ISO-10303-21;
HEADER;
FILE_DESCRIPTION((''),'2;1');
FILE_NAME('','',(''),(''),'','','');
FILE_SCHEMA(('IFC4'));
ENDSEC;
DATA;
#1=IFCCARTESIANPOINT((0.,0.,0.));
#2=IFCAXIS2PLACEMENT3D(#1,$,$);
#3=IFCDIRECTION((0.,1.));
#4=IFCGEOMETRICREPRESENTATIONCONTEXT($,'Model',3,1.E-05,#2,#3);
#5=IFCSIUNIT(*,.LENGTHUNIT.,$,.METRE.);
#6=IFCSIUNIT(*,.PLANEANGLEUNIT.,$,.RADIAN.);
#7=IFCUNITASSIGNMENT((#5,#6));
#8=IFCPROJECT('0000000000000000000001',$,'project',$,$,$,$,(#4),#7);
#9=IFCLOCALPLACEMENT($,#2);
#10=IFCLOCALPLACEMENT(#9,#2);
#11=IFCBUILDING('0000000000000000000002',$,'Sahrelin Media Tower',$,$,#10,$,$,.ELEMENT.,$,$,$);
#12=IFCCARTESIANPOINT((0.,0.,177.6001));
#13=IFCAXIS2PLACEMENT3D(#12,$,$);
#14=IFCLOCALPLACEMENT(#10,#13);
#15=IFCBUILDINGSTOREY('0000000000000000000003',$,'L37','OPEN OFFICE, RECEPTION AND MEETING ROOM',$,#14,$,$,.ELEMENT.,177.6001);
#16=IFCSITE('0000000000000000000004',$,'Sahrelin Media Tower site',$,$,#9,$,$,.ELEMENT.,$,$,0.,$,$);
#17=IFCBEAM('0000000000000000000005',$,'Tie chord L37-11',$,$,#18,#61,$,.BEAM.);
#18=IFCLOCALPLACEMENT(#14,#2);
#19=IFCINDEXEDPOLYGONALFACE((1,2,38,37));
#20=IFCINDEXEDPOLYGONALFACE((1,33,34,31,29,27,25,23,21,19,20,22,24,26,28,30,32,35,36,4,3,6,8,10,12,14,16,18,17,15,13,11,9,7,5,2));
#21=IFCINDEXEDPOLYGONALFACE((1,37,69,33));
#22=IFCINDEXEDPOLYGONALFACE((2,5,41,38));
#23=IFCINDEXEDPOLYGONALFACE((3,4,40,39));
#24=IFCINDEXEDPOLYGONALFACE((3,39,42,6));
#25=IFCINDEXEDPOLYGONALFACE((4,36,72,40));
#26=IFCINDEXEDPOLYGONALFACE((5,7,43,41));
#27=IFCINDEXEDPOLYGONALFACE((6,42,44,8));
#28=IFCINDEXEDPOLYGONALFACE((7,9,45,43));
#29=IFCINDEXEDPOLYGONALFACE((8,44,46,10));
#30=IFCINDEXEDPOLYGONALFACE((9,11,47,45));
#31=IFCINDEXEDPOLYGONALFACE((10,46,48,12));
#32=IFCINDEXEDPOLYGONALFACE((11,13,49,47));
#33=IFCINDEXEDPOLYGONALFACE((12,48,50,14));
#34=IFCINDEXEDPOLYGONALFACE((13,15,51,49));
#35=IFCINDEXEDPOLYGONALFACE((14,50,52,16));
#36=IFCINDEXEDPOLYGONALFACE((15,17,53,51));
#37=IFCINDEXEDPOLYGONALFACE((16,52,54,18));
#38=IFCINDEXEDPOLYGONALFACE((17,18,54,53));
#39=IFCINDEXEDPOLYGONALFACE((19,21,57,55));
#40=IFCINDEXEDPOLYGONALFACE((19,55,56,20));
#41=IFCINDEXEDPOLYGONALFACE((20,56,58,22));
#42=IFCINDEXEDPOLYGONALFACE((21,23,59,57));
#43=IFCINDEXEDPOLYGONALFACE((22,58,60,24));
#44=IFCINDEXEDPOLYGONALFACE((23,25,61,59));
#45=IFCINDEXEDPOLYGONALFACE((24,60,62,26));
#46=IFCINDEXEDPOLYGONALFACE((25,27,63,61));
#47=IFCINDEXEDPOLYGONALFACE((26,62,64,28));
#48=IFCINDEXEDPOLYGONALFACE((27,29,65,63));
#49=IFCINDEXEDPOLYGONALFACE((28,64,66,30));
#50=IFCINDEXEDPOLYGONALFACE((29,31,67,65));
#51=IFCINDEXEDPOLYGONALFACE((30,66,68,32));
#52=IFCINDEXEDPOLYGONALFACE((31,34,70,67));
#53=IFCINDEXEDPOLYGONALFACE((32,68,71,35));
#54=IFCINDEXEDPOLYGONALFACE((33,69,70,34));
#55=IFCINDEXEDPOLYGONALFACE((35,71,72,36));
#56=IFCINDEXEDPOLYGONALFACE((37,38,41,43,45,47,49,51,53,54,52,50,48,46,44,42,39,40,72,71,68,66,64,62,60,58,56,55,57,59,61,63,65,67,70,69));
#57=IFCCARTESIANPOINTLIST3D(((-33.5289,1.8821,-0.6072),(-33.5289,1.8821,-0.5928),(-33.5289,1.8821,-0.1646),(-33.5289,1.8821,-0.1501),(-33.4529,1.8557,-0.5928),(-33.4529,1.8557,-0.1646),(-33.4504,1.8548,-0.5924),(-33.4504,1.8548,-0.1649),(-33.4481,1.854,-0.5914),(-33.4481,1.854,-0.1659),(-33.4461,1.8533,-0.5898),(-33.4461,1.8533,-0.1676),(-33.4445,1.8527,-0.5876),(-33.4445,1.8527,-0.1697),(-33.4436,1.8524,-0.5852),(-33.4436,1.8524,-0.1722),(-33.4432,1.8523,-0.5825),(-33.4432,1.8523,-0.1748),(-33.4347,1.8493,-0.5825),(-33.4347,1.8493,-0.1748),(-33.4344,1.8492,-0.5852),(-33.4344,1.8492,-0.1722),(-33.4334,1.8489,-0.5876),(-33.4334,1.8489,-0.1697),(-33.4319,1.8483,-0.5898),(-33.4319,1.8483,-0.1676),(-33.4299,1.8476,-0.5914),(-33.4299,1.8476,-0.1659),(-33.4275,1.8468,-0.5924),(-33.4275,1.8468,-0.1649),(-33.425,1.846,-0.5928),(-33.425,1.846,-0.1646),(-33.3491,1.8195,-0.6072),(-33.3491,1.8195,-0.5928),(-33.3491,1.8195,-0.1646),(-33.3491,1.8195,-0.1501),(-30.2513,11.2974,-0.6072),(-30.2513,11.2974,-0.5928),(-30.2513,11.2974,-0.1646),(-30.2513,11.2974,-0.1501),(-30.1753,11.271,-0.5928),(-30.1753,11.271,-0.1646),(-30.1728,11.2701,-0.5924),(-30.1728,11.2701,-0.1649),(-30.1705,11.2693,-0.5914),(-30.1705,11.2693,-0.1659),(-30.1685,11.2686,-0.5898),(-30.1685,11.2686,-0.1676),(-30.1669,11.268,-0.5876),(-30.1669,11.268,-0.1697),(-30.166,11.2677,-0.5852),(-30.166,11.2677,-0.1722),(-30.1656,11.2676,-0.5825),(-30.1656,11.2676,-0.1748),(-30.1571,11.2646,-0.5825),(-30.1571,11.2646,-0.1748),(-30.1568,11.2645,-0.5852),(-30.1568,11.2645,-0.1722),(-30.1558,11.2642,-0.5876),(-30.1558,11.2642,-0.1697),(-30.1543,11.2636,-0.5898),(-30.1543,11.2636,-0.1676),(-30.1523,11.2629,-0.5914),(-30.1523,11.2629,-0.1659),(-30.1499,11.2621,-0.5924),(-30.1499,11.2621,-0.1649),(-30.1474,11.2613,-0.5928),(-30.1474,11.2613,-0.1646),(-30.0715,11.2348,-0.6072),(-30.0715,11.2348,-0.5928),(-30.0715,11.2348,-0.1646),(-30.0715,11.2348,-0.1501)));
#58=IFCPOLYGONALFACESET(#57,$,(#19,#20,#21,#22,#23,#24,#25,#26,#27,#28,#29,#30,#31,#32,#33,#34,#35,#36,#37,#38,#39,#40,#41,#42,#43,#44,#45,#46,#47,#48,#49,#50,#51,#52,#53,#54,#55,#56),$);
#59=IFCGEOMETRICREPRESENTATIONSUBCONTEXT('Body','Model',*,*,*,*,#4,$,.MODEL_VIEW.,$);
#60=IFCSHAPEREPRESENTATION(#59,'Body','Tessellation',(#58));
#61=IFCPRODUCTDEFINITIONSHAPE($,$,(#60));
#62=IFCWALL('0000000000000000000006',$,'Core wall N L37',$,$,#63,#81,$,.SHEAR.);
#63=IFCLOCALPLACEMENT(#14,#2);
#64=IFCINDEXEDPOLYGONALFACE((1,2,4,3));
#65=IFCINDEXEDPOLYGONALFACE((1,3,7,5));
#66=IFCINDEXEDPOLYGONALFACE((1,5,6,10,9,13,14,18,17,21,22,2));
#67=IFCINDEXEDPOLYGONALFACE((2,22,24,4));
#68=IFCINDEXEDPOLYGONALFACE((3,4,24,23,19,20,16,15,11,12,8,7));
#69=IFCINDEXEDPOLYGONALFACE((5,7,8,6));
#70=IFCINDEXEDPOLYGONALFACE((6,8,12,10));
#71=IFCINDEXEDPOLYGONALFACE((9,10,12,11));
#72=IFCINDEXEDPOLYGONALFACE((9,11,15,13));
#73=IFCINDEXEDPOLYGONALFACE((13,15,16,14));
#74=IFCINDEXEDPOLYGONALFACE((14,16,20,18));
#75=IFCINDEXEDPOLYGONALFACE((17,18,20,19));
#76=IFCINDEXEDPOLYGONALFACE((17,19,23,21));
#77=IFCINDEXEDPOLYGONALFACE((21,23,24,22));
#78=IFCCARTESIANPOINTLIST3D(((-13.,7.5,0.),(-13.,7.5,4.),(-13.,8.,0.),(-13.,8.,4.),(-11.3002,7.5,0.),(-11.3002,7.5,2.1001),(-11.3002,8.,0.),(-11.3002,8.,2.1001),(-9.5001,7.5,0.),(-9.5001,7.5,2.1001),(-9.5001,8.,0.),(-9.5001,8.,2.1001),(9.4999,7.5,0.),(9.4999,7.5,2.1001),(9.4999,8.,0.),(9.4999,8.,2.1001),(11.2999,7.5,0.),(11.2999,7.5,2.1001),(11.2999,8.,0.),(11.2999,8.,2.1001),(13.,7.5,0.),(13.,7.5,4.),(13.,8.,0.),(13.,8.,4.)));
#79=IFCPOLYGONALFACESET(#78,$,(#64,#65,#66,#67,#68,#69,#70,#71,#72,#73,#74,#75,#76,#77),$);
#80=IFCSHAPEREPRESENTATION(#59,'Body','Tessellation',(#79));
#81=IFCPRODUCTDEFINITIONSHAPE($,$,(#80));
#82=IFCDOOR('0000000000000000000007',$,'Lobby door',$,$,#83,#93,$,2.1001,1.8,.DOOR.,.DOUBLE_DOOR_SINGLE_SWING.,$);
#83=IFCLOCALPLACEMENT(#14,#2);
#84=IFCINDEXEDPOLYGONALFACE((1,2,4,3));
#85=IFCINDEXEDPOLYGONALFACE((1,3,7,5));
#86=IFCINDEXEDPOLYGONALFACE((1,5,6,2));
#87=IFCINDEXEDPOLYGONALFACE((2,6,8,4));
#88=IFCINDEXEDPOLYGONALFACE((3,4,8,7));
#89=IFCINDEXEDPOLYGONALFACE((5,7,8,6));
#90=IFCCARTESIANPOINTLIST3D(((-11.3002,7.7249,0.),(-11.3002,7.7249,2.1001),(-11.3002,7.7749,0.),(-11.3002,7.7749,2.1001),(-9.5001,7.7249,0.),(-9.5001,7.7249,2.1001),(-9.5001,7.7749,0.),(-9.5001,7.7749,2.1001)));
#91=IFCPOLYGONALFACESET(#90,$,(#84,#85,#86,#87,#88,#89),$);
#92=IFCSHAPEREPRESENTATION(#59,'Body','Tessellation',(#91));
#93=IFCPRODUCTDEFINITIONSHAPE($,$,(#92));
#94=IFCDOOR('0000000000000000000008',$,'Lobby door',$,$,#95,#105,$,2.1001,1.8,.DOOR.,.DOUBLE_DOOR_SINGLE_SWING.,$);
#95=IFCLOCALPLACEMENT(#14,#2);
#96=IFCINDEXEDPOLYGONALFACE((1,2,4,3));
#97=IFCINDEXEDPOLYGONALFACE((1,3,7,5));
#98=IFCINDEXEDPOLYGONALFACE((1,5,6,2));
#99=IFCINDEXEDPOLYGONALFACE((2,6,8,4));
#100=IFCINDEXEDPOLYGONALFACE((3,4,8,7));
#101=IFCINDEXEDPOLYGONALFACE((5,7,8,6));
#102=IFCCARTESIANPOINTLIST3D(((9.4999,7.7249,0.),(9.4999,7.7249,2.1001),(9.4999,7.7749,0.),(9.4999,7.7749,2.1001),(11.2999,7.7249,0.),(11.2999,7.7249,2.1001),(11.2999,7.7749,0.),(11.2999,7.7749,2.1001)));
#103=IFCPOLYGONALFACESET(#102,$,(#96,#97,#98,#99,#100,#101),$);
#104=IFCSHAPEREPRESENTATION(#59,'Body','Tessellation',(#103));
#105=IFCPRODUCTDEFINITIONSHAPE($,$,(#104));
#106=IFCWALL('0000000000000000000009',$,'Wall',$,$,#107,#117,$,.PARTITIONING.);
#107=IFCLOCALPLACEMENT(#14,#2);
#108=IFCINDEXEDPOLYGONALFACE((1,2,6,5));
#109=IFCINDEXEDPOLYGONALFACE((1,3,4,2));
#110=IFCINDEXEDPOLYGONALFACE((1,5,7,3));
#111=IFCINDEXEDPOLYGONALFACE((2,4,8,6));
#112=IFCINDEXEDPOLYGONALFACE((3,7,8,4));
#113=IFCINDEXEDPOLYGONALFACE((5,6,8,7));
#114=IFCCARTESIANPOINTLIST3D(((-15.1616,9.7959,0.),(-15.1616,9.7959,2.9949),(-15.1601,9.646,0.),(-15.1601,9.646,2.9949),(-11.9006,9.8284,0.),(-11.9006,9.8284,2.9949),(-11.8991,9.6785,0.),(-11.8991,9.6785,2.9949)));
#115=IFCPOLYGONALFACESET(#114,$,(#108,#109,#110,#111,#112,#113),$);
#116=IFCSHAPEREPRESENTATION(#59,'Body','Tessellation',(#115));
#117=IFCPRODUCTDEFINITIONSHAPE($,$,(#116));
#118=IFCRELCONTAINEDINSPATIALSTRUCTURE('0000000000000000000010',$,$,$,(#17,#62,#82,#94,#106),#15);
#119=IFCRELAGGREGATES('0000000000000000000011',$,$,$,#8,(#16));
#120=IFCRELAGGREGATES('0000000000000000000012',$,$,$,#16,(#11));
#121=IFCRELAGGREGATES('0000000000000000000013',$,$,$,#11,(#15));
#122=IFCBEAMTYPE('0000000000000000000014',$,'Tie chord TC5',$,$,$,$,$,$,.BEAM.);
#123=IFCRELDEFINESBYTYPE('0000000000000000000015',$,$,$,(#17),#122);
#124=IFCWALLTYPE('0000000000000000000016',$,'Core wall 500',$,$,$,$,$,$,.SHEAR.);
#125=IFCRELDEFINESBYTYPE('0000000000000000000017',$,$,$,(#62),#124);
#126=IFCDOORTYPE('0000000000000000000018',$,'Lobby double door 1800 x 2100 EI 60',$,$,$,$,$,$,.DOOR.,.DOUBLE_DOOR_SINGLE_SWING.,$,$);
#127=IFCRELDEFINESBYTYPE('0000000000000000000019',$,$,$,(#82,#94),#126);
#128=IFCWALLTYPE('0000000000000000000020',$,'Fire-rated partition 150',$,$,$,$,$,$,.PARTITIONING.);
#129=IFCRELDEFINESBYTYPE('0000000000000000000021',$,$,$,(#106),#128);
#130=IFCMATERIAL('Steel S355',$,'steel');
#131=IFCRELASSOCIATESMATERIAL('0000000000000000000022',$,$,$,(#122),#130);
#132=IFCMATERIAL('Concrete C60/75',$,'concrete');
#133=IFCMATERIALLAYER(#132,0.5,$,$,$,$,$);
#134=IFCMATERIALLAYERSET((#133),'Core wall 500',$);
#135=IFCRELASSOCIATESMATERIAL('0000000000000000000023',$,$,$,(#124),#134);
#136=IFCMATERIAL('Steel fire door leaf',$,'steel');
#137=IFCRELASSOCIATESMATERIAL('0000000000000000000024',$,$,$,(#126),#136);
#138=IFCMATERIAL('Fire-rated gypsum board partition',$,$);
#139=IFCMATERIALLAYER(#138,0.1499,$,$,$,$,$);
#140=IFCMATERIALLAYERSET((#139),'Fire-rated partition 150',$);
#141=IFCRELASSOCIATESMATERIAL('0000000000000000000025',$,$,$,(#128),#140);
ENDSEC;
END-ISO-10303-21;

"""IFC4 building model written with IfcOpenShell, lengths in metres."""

from ifc_helpers import new_model, si_unit, direction, frame, frame_2d, origin, origin_2d, place, context, subcontext, project, spatial, rectangle, i_section, extrude, material, layer, layer_set, material_profile, profile_set, type_object, element, fill, save


model = new_model("IFC4")

# Units and contexts
model_context = context("Model", 3, precision=1e-05, world=origin(), true_north=direction((0.0, 1.0)))
body_context = subcontext(model_context, "Body", "Model", "MODEL_VIEW")
ifc_project = project(units=[si_unit("LENGTHUNIT", "METRE"), si_unit("PLANEANGLEUNIT", "RADIAN")], contexts=[model_context])

# Site, building, storey
site_placement = place(None, origin())
site = spatial("IfcSite", under=ifc_project, at=site_placement, Name="Sahrelin Media Tower site", CompositionType="ELEMENT", RefElevation=0.0)
building_placement = place(site_placement, origin())
building = spatial("IfcBuilding", under=site, at=building_placement, Name="Sahrelin Media Tower", CompositionType="ELEMENT")
storey_placement = place(building_placement, frame((0.0, 0.0, 177.6001)))
storey = spatial("IfcBuildingStorey", under=building, at=storey_placement, Name="L37", Description="OPEN OFFICE, RECEPTION AND MEETING ROOM", CompositionType="ELEMENT", Elevation=177.6001)

# Beam
ifc_material_1 = material(Name="Steel S355", Category="steel")
ifc_material_profile_1 = material_profile(ifc_material_1, i_section(OverallWidth=0.1904, OverallDepth=0.457, WebThickness=0.009, FlangeThickness=0.0144, FilletRadius=0.0103, at=origin_2d()), Name="UB 457x191x74")
ifc_profile_set_1 = profile_set([ifc_material_profile_1], Name="Steel S355")
beam_type_1 = type_object("IfcBeamType", Name="Tie chord TC5", PredefinedType="BEAM", material=ifc_profile_set_1)
beam_1_placement = place(storey_placement, frame((-30.1614, 11.2661, -0.3787), z_axis=(-0.328763, -0.944413, 0.0), x_axis=(0.944413, -0.328763, 0.0)))
element("IfcBeam", 1, at=beam_1_placement, inside=storey, type_object=beam_type_1, Name="Tie chord L37-11", PredefinedType="BEAM", context=body_context, shape_type="SweptSolid", body=[
    extrude(i_section(OverallWidth=0.1904, OverallDepth=0.457, WebThickness=0.009, FlangeThickness=0.0144, FilletRadius=0.0103, at=origin_2d()), origin(), (0.0, 0.0, 1.0), 9.9695),
])

# Wall, openings, doors
ifc_material_2 = material(Name="Concrete C60/75", Category="concrete")
ifc_layer_1 = layer(ifc_material_2, 0.5)
ifc_layer_set_1 = layer_set([ifc_layer_1], Name="Core wall 500")
wall_type_1 = type_object("IfcWallType", Name="Core wall 500", PredefinedType="SHEAR", material=ifc_layer_set_1)
wall_1_placement = place(storey_placement, frame((-13.0, 7.75, 0.0), z_axis=(0.0, 0.0, 1.0), x_axis=(1.0, 0.0, 0.0)))
wall_1 = element("IfcWall", 2, at=wall_1_placement, inside=storey, type_object=wall_type_1, Name="Core wall N L37", PredefinedType="SHEAR", context=body_context, shape_type="SweptSolid", body=[
    extrude(rectangle(XDim=26.0, YDim=0.5, at=frame_2d((13.0, 0.0))), origin(), (0.0, 0.0, 1.0), 4.0),
])
opening_1_placement = place(wall_1_placement, frame((1.7, 0.0, 0.0)))
opening_1 = element("IfcOpeningElement", 3, at=opening_1_placement, cuts=wall_1, PredefinedType="OPENING", context=body_context, shape_type="SweptSolid", body=[
    extrude(rectangle(XDim=1.8, YDim=2.1001, at=frame_2d((0.8999, 1.05))), frame((0.0, 0.25, 0.0), z_axis=(0.0, -1.0, 0.0), x_axis=(1.0, 0.0, 0.0)), (0.0, 0.0, 1.0), 0.5),
])
opening_2_placement = place(wall_1_placement, frame((22.5, 0.0, 0.0)))
opening_2 = element("IfcOpeningElement", 4, at=opening_2_placement, cuts=wall_1, PredefinedType="OPENING", context=body_context, shape_type="SweptSolid", body=[
    extrude(rectangle(XDim=1.8, YDim=2.1001, at=frame_2d((0.8999, 1.05))), frame((0.0, 0.25, 0.0), z_axis=(0.0, -1.0, 0.0), x_axis=(1.0, 0.0, 0.0)), (0.0, 0.0, 1.0), 0.5),
])
ifc_material_3 = material(Name="Steel fire door leaf", Category="steel")
door_type_1 = type_object("IfcDoorType", Name="Lobby double door 1800 x 2100 EI 60", OperationType="DOUBLE_DOOR_SINGLE_SWING", PredefinedType="DOOR", material=ifc_material_3)
door_1_placement = place(opening_1_placement, origin())
door_1 = element("IfcDoor", 5, at=door_1_placement, inside=storey, type_object=door_type_1, Name="Lobby door", OperationType="DOUBLE_DOOR_SINGLE_SWING", OverallHeight=2.1001, OverallWidth=1.8, PredefinedType="DOOR", context=body_context, shape_type="SweptSolid", body=[
    extrude(rectangle(XDim=1.8, YDim=2.1001, at=frame_2d((0.8999, 1.05))), frame((0.0, 0.0249, 0.0), z_axis=(0.0, -1.0, 0.0), x_axis=(1.0, 0.0, 0.0)), (0.0, 0.0, 1.0), 0.05),
])
fill(opening_1, door_1)
door_2_placement = place(opening_2_placement, origin())
door_2 = element("IfcDoor", 6, at=door_2_placement, inside=storey, type_object=door_type_1, Name="Lobby door", OperationType="DOUBLE_DOOR_SINGLE_SWING", OverallHeight=2.1001, OverallWidth=1.8, PredefinedType="DOOR", context=body_context, shape_type="SweptSolid", body=[
    extrude(rectangle(XDim=1.8, YDim=2.1001, at=frame_2d((0.8999, 1.05))), frame((0.0, 0.0249, 0.0), z_axis=(0.0, -1.0, 0.0), x_axis=(1.0, 0.0, 0.0)), (0.0, 0.0, 1.0), 0.05),
])
fill(opening_2, door_2)

# Wall
ifc_material_4 = material(Name="Fire-rated gypsum board partition")
ifc_layer_2 = layer(ifc_material_4, 0.1499)
ifc_layer_set_2 = layer_set([ifc_layer_2], Name="Fire-rated partition 150")
wall_type_2 = type_object("IfcWallType", Name="Fire-rated partition 150", PredefinedType="PARTITIONING", material=ifc_layer_set_2)
wall_2_placement = place(storey_placement, frame((-15.1609, 9.7209, 0.0), z_axis=(0.0, 0.0, 1.0), x_axis=(0.99995, 0.009957, 0.0)))
element("IfcWall", 7, at=wall_2_placement, inside=storey, type_object=wall_type_2, Name="Wall", PredefinedType="PARTITIONING", context=body_context, shape_type="SweptSolid", body=[
    extrude(rectangle(XDim=3.2612, YDim=0.1499, at=frame_2d((1.6306, 0.0))), origin(), (0.0, 0.0, 1.0), 2.9949),
])

save(model, "model.ifc")
